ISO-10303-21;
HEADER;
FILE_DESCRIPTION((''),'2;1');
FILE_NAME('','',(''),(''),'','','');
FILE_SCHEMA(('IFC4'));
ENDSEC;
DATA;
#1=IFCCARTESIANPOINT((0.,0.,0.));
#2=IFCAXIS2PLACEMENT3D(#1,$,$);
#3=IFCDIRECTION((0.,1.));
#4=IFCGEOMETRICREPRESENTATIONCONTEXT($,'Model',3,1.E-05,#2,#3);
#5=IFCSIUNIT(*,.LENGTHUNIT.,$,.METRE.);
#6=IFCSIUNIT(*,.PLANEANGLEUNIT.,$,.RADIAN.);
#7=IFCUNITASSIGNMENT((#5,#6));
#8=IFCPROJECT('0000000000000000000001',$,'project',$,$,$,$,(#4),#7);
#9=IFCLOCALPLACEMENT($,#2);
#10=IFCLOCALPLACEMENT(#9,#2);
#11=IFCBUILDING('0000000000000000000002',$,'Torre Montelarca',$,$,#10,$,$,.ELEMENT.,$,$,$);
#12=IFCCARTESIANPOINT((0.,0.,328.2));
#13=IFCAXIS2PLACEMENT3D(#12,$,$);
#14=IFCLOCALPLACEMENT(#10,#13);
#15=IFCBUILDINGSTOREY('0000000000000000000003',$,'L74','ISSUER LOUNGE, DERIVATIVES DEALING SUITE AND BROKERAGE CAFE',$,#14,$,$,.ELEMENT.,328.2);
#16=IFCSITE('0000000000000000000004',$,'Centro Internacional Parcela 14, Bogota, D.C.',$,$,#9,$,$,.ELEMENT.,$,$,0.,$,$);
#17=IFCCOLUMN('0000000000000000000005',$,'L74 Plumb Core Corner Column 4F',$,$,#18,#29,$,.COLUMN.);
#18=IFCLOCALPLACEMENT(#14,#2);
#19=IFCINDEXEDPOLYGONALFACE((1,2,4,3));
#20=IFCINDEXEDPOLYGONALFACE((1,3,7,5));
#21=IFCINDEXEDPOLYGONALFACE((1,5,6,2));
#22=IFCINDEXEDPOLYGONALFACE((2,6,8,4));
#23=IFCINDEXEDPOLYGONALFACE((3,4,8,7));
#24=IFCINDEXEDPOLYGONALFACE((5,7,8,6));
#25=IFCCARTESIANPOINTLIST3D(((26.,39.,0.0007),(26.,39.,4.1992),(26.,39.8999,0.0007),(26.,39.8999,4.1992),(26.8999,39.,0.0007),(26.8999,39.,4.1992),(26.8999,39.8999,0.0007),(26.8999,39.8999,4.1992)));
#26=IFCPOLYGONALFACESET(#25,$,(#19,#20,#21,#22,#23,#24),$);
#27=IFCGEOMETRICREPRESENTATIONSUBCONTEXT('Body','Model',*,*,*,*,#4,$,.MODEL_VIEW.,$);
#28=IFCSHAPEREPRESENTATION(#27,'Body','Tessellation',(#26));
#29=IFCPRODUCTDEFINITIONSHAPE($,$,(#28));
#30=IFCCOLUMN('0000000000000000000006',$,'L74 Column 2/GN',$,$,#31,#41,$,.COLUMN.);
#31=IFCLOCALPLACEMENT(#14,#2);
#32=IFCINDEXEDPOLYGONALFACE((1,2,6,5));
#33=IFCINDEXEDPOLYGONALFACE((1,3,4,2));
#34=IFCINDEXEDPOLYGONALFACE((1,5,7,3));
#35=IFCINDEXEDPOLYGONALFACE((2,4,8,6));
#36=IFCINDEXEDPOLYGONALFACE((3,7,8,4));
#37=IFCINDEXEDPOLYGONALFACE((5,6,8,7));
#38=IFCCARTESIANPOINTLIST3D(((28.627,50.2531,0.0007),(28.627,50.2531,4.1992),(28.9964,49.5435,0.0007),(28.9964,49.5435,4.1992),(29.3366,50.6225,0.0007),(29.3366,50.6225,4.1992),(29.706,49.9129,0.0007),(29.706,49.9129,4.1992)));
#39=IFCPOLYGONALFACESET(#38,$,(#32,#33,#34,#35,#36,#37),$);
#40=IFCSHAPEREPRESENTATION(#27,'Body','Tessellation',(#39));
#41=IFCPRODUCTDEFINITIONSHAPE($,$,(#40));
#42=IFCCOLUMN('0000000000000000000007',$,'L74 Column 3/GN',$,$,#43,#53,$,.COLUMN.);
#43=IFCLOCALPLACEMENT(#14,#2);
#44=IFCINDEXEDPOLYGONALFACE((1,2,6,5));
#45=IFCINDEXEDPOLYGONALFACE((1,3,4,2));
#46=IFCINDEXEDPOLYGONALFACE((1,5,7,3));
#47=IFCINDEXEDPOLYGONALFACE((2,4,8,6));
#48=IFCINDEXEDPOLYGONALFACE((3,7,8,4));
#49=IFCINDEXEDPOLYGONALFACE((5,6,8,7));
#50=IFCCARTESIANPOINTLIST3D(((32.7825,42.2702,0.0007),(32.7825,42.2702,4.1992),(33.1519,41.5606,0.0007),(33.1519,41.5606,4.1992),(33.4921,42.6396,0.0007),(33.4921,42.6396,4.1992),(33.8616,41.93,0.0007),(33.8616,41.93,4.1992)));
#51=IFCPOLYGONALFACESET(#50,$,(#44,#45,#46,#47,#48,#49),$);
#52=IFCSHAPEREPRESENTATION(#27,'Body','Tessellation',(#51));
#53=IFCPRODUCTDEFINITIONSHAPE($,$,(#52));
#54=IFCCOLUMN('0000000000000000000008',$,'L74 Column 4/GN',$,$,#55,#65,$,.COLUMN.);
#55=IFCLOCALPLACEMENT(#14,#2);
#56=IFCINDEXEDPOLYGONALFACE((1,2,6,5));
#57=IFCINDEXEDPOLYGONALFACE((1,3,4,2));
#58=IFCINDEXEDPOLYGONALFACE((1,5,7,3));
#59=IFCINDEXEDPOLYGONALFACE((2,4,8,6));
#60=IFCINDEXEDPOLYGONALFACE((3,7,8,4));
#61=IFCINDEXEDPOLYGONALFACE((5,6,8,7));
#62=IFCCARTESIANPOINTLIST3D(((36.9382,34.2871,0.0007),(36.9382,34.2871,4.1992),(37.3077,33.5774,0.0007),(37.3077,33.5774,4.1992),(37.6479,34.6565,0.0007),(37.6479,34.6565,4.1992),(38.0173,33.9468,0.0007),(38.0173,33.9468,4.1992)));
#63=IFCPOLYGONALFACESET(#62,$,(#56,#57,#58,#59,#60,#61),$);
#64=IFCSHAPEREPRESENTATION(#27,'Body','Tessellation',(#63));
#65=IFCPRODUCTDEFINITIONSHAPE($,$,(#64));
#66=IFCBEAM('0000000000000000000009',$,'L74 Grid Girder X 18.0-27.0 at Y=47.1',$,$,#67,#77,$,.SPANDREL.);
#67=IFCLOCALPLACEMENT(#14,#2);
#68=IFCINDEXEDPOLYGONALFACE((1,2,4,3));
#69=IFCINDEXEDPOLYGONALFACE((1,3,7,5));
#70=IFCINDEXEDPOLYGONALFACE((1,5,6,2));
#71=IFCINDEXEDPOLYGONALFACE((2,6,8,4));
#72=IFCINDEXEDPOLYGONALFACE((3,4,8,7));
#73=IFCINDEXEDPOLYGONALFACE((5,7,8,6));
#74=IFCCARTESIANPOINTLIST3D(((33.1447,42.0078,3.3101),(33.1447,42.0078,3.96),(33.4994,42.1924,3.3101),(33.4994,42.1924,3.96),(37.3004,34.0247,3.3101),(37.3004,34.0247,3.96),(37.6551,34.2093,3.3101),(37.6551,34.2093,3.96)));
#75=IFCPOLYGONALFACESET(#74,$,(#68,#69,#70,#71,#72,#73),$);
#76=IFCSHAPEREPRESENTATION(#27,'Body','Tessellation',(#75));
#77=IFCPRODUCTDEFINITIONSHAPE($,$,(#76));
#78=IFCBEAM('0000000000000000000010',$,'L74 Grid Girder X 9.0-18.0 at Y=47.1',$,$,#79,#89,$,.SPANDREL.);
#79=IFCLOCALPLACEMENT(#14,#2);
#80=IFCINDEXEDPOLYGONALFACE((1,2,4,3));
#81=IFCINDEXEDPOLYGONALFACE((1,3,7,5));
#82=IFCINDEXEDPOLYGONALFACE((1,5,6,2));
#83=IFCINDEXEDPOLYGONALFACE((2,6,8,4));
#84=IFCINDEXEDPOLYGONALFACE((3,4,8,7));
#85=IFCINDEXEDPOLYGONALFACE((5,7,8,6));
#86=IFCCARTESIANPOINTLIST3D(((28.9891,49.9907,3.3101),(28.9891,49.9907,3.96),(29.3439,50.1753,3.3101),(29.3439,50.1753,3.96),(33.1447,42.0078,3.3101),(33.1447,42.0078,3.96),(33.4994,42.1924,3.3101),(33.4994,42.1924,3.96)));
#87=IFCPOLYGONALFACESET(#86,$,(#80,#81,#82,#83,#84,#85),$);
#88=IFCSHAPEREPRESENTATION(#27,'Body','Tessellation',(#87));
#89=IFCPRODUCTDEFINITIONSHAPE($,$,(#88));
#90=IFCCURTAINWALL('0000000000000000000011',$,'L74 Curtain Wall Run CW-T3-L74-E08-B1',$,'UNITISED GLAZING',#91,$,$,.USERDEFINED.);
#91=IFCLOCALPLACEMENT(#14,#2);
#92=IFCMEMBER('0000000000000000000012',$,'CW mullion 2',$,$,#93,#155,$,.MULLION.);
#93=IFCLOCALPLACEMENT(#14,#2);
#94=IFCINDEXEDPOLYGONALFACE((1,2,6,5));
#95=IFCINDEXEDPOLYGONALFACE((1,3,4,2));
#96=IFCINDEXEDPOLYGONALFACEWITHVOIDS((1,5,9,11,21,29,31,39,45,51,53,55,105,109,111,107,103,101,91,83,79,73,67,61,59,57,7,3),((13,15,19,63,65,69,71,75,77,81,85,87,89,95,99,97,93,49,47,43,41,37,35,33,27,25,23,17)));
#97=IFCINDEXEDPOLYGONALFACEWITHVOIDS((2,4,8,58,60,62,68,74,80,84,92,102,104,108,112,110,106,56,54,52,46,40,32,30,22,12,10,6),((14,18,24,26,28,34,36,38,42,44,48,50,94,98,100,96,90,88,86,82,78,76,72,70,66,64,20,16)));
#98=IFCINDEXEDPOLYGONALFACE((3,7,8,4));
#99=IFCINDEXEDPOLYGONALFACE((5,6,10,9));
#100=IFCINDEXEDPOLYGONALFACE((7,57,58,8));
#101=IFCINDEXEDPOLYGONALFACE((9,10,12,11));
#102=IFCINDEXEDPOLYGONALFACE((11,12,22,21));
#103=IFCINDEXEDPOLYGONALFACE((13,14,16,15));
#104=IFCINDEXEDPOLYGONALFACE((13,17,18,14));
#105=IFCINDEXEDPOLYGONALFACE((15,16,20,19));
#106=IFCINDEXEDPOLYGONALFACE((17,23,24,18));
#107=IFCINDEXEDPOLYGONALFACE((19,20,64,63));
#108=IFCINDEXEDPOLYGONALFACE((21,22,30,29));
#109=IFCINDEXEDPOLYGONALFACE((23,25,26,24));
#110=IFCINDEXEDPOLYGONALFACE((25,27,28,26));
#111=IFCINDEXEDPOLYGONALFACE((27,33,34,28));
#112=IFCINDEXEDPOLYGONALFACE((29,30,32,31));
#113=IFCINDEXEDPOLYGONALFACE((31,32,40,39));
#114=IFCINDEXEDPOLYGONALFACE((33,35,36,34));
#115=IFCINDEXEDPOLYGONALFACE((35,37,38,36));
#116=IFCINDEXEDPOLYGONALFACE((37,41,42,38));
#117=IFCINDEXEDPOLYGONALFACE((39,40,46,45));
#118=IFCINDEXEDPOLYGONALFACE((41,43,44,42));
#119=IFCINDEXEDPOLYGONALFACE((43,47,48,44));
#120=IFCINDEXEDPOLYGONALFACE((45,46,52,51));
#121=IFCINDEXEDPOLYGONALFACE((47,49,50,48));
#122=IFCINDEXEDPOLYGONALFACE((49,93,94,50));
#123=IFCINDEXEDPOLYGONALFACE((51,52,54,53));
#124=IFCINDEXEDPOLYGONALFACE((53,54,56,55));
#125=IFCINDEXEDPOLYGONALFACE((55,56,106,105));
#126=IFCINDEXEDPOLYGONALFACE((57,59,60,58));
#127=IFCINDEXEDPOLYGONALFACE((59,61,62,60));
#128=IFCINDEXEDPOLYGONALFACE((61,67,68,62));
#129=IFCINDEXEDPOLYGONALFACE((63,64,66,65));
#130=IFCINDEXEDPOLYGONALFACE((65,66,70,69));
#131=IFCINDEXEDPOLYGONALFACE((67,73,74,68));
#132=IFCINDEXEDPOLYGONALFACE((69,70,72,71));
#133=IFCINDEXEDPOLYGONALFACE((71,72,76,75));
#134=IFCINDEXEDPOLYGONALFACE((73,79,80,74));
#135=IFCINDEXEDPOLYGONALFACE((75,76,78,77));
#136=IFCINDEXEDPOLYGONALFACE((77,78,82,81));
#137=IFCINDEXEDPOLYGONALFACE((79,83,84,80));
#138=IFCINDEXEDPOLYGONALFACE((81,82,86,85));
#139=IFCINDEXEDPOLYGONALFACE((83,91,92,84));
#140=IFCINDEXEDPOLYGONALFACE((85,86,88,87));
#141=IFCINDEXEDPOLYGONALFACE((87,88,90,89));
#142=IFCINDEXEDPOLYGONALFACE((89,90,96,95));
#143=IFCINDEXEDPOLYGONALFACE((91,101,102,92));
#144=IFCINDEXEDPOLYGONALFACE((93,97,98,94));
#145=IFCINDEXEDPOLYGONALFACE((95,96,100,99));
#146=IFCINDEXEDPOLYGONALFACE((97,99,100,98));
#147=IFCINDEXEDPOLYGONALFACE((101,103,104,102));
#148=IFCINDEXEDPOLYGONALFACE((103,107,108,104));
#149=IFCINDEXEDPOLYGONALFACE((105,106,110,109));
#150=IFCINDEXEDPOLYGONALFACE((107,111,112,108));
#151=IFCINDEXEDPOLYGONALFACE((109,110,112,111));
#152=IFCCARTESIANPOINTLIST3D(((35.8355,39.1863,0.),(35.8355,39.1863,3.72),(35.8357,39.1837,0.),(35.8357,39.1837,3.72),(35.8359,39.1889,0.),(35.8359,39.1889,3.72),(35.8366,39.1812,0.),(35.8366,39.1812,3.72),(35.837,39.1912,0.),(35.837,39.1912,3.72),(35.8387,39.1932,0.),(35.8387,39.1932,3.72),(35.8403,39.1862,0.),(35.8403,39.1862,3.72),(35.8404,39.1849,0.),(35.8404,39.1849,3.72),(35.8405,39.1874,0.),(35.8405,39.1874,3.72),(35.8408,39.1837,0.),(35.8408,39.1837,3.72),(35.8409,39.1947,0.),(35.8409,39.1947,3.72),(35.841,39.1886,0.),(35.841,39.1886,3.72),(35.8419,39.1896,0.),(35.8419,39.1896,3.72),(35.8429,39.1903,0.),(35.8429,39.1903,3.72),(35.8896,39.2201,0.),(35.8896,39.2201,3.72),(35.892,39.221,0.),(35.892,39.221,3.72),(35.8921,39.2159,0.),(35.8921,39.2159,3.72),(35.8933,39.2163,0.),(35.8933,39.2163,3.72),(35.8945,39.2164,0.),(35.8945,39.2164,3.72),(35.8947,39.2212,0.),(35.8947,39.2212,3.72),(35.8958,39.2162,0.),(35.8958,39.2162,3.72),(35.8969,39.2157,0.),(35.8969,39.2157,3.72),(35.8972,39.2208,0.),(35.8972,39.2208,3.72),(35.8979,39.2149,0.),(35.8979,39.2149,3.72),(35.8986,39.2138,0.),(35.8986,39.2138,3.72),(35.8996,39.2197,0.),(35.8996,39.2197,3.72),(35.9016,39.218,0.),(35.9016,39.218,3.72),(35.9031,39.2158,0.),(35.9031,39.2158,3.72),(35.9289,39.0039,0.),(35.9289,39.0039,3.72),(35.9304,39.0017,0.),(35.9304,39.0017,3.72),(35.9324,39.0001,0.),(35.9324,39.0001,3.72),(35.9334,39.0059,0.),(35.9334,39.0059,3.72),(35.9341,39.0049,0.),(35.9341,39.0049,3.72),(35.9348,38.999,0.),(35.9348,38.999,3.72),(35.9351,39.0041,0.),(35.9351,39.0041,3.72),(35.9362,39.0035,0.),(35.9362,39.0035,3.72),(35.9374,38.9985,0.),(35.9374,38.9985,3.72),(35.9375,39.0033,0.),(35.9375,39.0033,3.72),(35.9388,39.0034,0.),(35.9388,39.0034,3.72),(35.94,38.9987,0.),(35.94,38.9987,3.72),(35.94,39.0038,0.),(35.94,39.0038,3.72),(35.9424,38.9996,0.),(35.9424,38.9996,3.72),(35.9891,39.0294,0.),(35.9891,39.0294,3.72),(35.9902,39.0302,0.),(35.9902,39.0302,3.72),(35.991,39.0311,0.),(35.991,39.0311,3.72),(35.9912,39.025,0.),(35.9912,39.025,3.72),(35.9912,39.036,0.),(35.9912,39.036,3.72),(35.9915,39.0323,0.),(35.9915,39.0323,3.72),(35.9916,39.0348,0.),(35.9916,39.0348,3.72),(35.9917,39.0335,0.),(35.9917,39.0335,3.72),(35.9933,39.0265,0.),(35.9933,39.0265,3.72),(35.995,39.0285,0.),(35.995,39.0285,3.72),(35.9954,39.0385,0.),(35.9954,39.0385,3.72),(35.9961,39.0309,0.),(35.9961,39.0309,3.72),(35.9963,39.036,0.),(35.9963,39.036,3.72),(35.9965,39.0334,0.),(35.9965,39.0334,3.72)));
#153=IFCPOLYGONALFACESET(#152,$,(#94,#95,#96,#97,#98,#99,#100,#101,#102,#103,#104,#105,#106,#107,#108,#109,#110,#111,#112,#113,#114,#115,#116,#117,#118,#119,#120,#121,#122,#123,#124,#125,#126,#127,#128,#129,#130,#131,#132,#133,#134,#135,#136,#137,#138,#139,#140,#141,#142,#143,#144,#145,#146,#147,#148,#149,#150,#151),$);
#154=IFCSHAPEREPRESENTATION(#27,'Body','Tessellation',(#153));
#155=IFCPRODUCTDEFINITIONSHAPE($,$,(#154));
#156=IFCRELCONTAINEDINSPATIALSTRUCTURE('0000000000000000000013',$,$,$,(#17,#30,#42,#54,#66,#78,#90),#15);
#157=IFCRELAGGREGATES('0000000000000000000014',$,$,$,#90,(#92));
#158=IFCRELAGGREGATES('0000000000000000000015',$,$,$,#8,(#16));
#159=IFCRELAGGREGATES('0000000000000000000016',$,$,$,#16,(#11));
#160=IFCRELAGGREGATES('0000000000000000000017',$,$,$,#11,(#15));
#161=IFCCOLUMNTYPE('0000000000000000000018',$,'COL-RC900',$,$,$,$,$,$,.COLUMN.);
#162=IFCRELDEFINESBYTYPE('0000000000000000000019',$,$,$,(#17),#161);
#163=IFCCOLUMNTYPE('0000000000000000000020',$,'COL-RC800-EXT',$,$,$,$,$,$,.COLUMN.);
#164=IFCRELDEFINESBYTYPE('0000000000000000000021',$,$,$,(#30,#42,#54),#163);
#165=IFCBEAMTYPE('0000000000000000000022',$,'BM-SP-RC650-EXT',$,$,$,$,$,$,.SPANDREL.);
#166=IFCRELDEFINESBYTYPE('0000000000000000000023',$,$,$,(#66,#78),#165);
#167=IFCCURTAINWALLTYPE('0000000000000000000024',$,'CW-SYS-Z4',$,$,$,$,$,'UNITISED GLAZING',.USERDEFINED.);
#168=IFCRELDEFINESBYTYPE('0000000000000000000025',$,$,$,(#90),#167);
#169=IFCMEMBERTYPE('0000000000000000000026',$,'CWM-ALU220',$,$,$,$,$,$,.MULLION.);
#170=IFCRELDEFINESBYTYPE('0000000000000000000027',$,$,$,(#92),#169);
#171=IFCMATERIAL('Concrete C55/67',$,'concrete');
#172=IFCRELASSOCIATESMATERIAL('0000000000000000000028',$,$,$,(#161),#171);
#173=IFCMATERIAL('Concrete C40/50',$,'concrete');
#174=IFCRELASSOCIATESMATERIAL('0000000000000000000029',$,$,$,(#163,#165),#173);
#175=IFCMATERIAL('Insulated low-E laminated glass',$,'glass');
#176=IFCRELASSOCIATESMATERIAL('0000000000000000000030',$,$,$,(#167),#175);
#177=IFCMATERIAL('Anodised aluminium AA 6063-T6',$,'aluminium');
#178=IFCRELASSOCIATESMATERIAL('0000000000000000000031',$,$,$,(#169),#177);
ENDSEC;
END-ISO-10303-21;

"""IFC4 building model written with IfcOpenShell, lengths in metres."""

from ifc_helpers import new_model, si_unit, direction, frame, origin, origin_2d, place, context, subcontext, project, spatial, rectangle, hollow_rectangle, extrude, source, transform, mapped, material, material_profile, profile_set, type_object, element, aggregate, save


model = new_model("IFC4")

# Units and contexts
model_context = context("Model", 3, precision=1e-05, world=origin(), true_north=direction((0.0, 1.0)))
body_context = subcontext(model_context, "Body", "Model", "MODEL_VIEW")
ifc_project = project(units=[si_unit("LENGTHUNIT", "METRE"), si_unit("PLANEANGLEUNIT", "RADIAN")], contexts=[model_context])

# Site, building, storey
site_placement = place(None, origin())
site = spatial("IfcSite", under=ifc_project, at=site_placement, Name="Centro Internacional Parcela 14, Bogota, D.C.", CompositionType="ELEMENT", RefElevation=0.0)
building_placement = place(site_placement, origin())
building = spatial("IfcBuilding", under=site, at=building_placement, Name="Torre Montelarca", CompositionType="ELEMENT")
storey_placement = place(building_placement, frame((0.0, 0.0, 328.2)))
storey = spatial("IfcBuildingStorey", under=building, at=storey_placement, Name="L74", Description="ISSUER LOUNGE, DERIVATIVES DEALING SUITE AND BROKERAGE CAFE", CompositionType="ELEMENT", Elevation=328.2)

# Columns
ifc_material_1 = material(Name="Concrete C55/67", Category="concrete")
ifc_material_profile_1 = material_profile(ifc_material_1, rectangle(XDim=0.8999, YDim=0.8999, at=origin_2d()), Name="RC900X900", Category="concrete")
ifc_profile_set_1 = profile_set([ifc_material_profile_1], Name="Concrete C55/67")
column_type_1 = type_object("IfcColumnType", Name="COL-RC900", PredefinedType="COLUMN", material=ifc_profile_set_1)
shared_shape_1 = source(origin(), body_context, "Body", "SweptSolid", [
    extrude(rectangle(XDim=0.8999, YDim=0.8999, at=origin_2d()), origin(), (0.0, 0.0, 1.0), 4.1985),
])
column_placement = place(storey_placement, frame((26.45, 39.45, 0.0007), z_axis=(0.0, 0.0, 1.0), x_axis=(1.0, 0.0, 0.0)))
element("IfcColumn", 1, at=column_placement, inside=storey, type_object=column_type_1, Name="L74 Plumb Core Corner Column 4F", PredefinedType="COLUMN", context=body_context, shape_type="MappedRepresentation", body=[
    mapped(shared_shape_1, transform((0.0, 0.0, 0.0), scale=1.0)),
])
ifc_material_2 = material(Name="Concrete C40/50", Category="concrete")
ifc_material_profile_2 = material_profile(ifc_material_2, rectangle(XDim=0.8, YDim=0.8, at=origin_2d()), Name="RC800X800", Category="concrete")
ifc_profile_set_2 = profile_set([ifc_material_profile_2], Name="Concrete C40/50")
column_type_2 = type_object("IfcColumnType", Name="COL-RC800-EXT", PredefinedType="COLUMN", material=ifc_profile_set_2)
shared_shape_2 = source(origin(), body_context, "Body", "SweptSolid", [
    extrude(rectangle(XDim=0.8, YDim=0.8, at=origin_2d()), origin(), (0.0, 0.0, 1.0), 4.1985),
])
for number, where, z_axis, x_axis, name in (
    (2, (29.1665, 50.083, 0.0007), (0.0, 0.0, 1.0), (-0.461749, 0.887011, 0.0), "L74 Column 2/GN"),
    (3, (33.322, 42.1001, 0.0007), (0.0, 0.0, 1.0), (-0.461749, 0.887011, 0.0), "L74 Column 3/GN"),
    (4, (37.4778, 34.1169, 0.0007), (0.0, 0.0, 1.0), (-0.461749, 0.887011, 0.0), "L74 Column 4/GN"),
):
    element("IfcColumn", number, at=place(storey_placement, frame(where, z_axis=z_axis, x_axis=x_axis)), inside=storey, type_object=column_type_2, Name=name, PredefinedType="COLUMN", context=body_context, shape_type="MappedRepresentation", body=[
        mapped(shared_shape_2, transform((0.0, 0.0, 0.0), scale=1.0)),
    ])

# Beams
ifc_material_profile_3 = material_profile(ifc_material_2, rectangle(XDim=0.3999, YDim=0.6499, at=origin_2d()), Name="RCB400X650", Category="concrete")
ifc_profile_set_3 = profile_set([ifc_material_profile_3], Name="Concrete C40/50")
beam_type = type_object("IfcBeamType", Name="BM-SP-RC650-EXT", PredefinedType="SPANDREL", material=ifc_profile_set_3)
shared_shape_3 = source(origin(), body_context, "Body", "SweptSolid", [
    extrude(rectangle(XDim=0.3999, YDim=0.6499, at=origin_2d()), origin(), (0.0, 0.0, 1.0), 9.0),
])
beam_1_placement = place(storey_placement, frame((33.322, 42.1001, 3.635), z_axis=(0.461748, -0.887011, 0.0), x_axis=(0.887011, 0.461748, 0.0)))
element("IfcBeam", 5, at=beam_1_placement, inside=storey, type_object=beam_type, Name="L74 Grid Girder X 18.0-27.0 at Y=47.1", PredefinedType="SPANDREL", context=body_context, shape_type="MappedRepresentation", body=[
    mapped(shared_shape_3, transform((0.0, 0.0, 0.0), scale=1.0)),
])
shared_shape_4 = source(origin(), body_context, "Body", "SweptSolid", [
    extrude(rectangle(XDim=0.3999, YDim=0.6499, at=origin_2d()), origin(), (0.0, 0.0, 1.0), 8.9998),
])
beam_2_placement = place(storey_placement, frame((29.1665, 50.083, 3.635), z_axis=(0.461738, -0.887016, 0.0), x_axis=(0.887016, 0.461738, 0.0)))
element("IfcBeam", 6, at=beam_2_placement, inside=storey, type_object=beam_type, Name="L74 Grid Girder X 9.0-18.0 at Y=47.1", PredefinedType="SPANDREL", context=body_context, shape_type="MappedRepresentation", body=[
    mapped(shared_shape_4, transform((0.0, 0.0, 0.0), scale=1.0)),
])

# Curtain wall, member
ifc_material_3 = material(Name="Insulated low-E laminated glass", Category="glass")
curtain_wall_type = type_object("IfcCurtainWallType", Name="CW-SYS-Z4", ElementType="UNITISED GLAZING", PredefinedType="USERDEFINED", material=ifc_material_3)
curtain_wall_1_placement = place(storey_placement, origin())
curtain_wall_1 = element("IfcCurtainWall", 7, at=curtain_wall_1_placement, inside=storey, type_object=curtain_wall_type, Name="L74 Curtain Wall Run CW-T3-L74-E08-B1", ObjectType="UNITISED GLAZING", PredefinedType="USERDEFINED")
ifc_material_4 = material(Name="Anodised aluminium AA 6063-T6", Category="aluminium")
ifc_material_profile_4 = material_profile(ifc_material_4, hollow_rectangle(XDim=0.075, YDim=0.22, WallThickness=0.0049, InnerFilletRadius=0.0049, OuterFilletRadius=0.01, at=origin_2d()), Name="ALU75X220X5", Category="aluminium")
ifc_profile_set_4 = profile_set([ifc_material_profile_4], Name="Anodised aluminium AA 6063-T6")
member_type_1 = type_object("IfcMemberType", Name="CWM-ALU220", PredefinedType="MULLION", material=ifc_profile_set_4)
shared_shape_5 = source(origin(), body_context, "Body", "SweptSolid", [
    extrude(hollow_rectangle(XDim=0.075, YDim=0.22, WallThickness=0.0049, InnerFilletRadius=0.0049, OuterFilletRadius=0.01, at=origin_2d()), origin(), (0.0, 0.0, 1.0), 3.72),
])
member_1_placement = place(storey_placement, frame((35.916, 39.1099, 0.0), z_axis=(0.0, 0.0, 1.0), x_axis=(-0.887013, -0.461745, 0.0)))
member_1 = element("IfcMember", 8, at=member_1_placement, type_object=member_type_1, Name="CW mullion 2", PredefinedType="MULLION", context=body_context, shape_type="MappedRepresentation", body=[
    mapped(shared_shape_5, transform((0.0, 0.0, 0.0), scale=1.0)),
])

aggregate(curtain_wall_1, [member_1])

save(model, "model.ifc")
